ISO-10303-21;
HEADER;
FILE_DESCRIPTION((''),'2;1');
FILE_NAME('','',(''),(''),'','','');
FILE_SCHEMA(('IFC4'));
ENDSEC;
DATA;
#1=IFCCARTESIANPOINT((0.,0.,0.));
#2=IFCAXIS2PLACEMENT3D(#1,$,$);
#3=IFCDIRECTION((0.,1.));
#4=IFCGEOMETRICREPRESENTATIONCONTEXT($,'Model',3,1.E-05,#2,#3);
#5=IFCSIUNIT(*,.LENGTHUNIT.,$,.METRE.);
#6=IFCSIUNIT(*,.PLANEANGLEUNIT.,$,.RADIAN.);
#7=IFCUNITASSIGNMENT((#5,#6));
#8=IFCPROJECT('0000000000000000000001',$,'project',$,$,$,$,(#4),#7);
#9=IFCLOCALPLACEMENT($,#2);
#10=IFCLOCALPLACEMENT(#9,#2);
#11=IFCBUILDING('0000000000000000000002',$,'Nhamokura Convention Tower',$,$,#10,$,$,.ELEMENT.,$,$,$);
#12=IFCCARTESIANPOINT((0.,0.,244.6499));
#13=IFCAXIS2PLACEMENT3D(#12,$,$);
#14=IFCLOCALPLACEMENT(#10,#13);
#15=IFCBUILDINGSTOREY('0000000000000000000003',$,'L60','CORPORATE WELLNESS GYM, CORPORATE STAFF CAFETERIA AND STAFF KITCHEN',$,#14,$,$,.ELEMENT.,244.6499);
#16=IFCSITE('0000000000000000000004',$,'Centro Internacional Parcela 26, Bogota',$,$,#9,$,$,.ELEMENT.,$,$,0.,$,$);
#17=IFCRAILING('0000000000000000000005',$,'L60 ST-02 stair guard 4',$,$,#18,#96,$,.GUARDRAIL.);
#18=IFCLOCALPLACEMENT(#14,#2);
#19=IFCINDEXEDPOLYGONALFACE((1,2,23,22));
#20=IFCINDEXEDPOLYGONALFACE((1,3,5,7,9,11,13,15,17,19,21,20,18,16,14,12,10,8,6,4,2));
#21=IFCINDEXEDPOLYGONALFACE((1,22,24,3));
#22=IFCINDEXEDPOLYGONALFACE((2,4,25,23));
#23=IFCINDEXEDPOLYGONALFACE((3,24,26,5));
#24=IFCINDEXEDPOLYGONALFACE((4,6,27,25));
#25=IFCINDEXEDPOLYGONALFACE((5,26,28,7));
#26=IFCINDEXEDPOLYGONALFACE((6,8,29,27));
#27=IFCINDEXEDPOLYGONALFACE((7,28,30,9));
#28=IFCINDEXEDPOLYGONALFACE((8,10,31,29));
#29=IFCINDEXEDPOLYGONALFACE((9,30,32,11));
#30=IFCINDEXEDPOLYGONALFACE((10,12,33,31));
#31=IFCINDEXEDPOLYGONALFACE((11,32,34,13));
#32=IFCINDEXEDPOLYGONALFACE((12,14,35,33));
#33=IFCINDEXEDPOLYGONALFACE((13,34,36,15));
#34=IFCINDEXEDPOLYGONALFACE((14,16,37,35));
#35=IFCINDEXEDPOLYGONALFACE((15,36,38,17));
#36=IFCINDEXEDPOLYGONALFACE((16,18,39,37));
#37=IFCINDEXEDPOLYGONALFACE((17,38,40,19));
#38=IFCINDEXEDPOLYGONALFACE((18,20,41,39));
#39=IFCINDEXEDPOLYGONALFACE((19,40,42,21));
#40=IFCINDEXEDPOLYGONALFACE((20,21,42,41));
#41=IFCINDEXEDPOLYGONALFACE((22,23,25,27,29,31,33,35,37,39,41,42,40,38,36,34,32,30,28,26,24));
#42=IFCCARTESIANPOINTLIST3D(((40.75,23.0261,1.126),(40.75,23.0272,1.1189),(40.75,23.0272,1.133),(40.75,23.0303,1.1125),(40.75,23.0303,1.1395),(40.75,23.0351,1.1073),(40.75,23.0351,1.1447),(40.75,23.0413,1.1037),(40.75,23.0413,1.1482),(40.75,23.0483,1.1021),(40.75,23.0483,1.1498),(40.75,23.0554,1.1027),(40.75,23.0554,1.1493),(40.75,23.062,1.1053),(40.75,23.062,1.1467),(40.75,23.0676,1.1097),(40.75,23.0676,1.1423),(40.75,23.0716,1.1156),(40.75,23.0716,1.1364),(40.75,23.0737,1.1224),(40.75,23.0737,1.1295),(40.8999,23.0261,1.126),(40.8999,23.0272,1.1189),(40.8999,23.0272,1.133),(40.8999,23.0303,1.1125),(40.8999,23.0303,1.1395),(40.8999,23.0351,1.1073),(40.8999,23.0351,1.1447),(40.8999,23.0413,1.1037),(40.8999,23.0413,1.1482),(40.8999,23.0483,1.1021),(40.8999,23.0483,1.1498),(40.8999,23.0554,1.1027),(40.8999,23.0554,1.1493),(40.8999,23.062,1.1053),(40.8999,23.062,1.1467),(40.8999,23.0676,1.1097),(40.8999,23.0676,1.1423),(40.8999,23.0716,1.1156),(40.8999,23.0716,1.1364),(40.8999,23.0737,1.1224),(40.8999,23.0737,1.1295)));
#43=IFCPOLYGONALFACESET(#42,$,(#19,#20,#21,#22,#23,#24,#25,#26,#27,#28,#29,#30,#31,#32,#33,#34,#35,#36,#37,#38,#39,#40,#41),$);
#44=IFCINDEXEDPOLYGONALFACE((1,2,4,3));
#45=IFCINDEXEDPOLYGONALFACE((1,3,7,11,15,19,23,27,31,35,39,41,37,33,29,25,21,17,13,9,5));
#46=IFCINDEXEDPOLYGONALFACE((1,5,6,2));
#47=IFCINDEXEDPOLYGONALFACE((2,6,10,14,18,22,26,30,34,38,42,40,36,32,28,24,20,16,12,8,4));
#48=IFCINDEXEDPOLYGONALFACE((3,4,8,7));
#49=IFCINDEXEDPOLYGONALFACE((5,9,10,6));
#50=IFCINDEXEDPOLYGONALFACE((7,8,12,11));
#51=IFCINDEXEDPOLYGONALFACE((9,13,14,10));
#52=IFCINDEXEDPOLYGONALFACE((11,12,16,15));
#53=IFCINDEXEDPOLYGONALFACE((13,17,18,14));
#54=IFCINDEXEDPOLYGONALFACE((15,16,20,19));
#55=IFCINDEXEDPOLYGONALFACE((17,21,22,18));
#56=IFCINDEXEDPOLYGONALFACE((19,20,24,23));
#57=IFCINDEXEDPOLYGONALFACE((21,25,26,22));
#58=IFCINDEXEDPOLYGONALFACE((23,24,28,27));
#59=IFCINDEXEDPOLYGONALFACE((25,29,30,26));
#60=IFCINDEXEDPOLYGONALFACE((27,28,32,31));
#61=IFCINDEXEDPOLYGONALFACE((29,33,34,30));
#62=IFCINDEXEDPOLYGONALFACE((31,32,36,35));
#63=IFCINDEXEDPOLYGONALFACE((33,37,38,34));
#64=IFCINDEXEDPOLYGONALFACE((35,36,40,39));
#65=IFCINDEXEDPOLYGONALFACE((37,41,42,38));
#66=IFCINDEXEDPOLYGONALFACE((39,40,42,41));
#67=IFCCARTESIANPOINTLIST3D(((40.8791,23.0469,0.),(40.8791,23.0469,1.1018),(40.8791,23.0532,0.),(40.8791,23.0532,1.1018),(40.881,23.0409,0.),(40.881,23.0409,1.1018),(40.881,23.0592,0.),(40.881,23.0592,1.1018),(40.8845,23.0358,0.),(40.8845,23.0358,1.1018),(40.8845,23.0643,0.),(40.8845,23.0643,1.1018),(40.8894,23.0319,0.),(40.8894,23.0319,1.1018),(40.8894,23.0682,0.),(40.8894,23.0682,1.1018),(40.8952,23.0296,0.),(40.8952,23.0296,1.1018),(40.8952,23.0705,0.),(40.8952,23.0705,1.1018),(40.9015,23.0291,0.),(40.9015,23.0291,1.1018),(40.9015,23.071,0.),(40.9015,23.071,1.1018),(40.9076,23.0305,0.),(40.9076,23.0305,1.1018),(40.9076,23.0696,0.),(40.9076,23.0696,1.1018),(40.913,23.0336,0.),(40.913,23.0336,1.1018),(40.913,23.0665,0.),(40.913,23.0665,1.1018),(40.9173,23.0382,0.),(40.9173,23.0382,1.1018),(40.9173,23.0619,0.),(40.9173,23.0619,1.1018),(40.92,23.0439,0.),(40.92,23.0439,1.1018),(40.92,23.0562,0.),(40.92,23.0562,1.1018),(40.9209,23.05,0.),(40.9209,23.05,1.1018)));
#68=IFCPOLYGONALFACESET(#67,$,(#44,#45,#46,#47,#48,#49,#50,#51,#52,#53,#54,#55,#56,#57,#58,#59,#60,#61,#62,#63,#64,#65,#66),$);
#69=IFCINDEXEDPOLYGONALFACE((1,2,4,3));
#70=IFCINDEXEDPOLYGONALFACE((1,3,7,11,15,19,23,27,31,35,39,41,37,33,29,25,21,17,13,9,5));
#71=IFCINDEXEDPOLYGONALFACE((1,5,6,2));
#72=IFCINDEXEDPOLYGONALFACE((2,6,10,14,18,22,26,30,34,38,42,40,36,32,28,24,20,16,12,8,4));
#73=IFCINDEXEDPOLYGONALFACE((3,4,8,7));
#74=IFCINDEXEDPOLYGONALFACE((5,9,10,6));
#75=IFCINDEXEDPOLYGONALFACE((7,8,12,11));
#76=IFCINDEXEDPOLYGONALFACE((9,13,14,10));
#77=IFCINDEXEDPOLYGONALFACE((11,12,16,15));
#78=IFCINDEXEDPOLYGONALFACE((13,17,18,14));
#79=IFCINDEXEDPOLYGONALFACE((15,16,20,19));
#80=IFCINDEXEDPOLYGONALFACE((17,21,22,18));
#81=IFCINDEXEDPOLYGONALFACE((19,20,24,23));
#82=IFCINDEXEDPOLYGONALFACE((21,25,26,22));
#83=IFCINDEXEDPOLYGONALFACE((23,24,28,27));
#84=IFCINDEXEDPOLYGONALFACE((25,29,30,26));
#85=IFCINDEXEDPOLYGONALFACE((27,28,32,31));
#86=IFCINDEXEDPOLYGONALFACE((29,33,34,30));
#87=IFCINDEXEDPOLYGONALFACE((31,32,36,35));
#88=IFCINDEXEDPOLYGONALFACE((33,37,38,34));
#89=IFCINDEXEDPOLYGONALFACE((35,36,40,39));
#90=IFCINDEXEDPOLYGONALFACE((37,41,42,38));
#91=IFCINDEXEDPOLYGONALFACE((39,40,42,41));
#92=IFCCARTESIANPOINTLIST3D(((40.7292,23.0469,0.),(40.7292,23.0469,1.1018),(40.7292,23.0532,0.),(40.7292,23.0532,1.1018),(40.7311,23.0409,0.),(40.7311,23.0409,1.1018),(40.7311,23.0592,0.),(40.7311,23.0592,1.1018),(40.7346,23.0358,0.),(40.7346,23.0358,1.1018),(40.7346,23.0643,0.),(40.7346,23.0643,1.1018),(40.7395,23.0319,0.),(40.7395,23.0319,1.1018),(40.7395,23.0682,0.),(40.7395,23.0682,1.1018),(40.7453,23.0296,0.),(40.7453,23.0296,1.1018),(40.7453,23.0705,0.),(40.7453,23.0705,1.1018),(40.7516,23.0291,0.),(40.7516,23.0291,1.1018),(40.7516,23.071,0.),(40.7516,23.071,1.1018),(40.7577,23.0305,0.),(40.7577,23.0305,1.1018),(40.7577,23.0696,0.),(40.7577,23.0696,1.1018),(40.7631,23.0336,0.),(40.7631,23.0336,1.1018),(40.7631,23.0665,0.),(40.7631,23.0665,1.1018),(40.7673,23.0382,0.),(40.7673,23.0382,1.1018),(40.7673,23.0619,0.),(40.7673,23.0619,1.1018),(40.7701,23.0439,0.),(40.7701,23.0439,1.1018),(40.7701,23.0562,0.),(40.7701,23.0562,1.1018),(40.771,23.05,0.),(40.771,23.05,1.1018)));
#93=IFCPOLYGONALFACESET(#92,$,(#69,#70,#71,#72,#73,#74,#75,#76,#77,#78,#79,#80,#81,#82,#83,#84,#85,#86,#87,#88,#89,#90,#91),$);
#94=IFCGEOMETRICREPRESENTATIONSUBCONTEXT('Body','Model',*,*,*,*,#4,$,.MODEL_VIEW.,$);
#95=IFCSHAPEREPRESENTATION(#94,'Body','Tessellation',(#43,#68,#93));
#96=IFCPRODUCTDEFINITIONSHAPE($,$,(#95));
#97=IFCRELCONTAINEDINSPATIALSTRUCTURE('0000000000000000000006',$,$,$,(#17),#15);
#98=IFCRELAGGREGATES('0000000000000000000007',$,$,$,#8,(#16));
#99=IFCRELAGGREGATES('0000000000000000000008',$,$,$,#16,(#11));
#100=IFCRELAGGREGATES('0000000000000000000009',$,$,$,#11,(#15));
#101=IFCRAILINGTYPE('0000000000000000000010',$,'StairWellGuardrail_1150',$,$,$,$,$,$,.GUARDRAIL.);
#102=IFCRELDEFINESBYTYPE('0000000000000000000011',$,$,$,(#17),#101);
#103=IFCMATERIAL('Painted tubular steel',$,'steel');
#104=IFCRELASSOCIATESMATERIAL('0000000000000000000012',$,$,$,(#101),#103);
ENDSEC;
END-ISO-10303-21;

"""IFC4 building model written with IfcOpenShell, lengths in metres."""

from ifc_helpers import new_model, si_unit, direction, frame, origin, origin_2d, place, context, subcontext, project, spatial, circle, extrude, material, type_object, element, save


model = new_model("IFC4")

# Units and contexts
model_context = context("Model", 3, precision=1e-05, world=origin(), true_north=direction((0.0, 1.0)))
body_context = subcontext(model_context, "Body", "Model", "MODEL_VIEW")
ifc_project = project(units=[si_unit("LENGTHUNIT", "METRE"), si_unit("PLANEANGLEUNIT", "RADIAN")], contexts=[model_context])

# Site, building, storey
site_placement = place(None, origin())
site = spatial("IfcSite", under=ifc_project, at=site_placement, Name="Centro Internacional Parcela 26, Bogota", CompositionType="ELEMENT", RefElevation=0.0)
building_placement = place(site_placement, origin())
building = spatial("IfcBuilding", under=site, at=building_placement, Name="Nhamokura Convention Tower", CompositionType="ELEMENT")
storey_placement = place(building_placement, frame((0.0, 0.0, 244.6499)))
storey = spatial("IfcBuildingStorey", under=building, at=storey_placement, Name="L60", Description="CORPORATE WELLNESS GYM, CORPORATE STAFF CAFETERIA AND STAFF KITCHEN", CompositionType="ELEMENT", Elevation=244.6499)

# Railing
ifc_material_1 = material(Name="Painted tubular steel", Category="steel")
railing_type_1 = type_object("IfcRailingType", Name="StairWellGuardrail_1150", PredefinedType="GUARDRAIL", material=ifc_material_1)
railing_1_placement = place(storey_placement, frame((40.8999, 23.05, 0.0)))
element("IfcRailing", 1, at=railing_1_placement, inside=storey, type_object=railing_type_1, Name="L60 ST-02 stair guard 4", PredefinedType="GUARDRAIL", context=body_context, shape_type="SweptSolid", body=[
    extrude(circle(Radius=0.0239, at=origin_2d()), frame((0.0, 0.0, 1.126), z_axis=(-1.0, 0.0, 0.0), x_axis=(0.0, -1.0, 0.0)), (0.0, 0.0, 1.0), 0.1499),
    extrude(circle(Radius=0.021, at=origin_2d()), origin(), (0.0, 0.0, 1.0), 1.1018),
    extrude(circle(Radius=0.021, at=origin_2d()), frame((-0.1499, 0.0, 0.0)), (0.0, 0.0, 1.0), 1.1018),
])

save(model, "model.ifc")
